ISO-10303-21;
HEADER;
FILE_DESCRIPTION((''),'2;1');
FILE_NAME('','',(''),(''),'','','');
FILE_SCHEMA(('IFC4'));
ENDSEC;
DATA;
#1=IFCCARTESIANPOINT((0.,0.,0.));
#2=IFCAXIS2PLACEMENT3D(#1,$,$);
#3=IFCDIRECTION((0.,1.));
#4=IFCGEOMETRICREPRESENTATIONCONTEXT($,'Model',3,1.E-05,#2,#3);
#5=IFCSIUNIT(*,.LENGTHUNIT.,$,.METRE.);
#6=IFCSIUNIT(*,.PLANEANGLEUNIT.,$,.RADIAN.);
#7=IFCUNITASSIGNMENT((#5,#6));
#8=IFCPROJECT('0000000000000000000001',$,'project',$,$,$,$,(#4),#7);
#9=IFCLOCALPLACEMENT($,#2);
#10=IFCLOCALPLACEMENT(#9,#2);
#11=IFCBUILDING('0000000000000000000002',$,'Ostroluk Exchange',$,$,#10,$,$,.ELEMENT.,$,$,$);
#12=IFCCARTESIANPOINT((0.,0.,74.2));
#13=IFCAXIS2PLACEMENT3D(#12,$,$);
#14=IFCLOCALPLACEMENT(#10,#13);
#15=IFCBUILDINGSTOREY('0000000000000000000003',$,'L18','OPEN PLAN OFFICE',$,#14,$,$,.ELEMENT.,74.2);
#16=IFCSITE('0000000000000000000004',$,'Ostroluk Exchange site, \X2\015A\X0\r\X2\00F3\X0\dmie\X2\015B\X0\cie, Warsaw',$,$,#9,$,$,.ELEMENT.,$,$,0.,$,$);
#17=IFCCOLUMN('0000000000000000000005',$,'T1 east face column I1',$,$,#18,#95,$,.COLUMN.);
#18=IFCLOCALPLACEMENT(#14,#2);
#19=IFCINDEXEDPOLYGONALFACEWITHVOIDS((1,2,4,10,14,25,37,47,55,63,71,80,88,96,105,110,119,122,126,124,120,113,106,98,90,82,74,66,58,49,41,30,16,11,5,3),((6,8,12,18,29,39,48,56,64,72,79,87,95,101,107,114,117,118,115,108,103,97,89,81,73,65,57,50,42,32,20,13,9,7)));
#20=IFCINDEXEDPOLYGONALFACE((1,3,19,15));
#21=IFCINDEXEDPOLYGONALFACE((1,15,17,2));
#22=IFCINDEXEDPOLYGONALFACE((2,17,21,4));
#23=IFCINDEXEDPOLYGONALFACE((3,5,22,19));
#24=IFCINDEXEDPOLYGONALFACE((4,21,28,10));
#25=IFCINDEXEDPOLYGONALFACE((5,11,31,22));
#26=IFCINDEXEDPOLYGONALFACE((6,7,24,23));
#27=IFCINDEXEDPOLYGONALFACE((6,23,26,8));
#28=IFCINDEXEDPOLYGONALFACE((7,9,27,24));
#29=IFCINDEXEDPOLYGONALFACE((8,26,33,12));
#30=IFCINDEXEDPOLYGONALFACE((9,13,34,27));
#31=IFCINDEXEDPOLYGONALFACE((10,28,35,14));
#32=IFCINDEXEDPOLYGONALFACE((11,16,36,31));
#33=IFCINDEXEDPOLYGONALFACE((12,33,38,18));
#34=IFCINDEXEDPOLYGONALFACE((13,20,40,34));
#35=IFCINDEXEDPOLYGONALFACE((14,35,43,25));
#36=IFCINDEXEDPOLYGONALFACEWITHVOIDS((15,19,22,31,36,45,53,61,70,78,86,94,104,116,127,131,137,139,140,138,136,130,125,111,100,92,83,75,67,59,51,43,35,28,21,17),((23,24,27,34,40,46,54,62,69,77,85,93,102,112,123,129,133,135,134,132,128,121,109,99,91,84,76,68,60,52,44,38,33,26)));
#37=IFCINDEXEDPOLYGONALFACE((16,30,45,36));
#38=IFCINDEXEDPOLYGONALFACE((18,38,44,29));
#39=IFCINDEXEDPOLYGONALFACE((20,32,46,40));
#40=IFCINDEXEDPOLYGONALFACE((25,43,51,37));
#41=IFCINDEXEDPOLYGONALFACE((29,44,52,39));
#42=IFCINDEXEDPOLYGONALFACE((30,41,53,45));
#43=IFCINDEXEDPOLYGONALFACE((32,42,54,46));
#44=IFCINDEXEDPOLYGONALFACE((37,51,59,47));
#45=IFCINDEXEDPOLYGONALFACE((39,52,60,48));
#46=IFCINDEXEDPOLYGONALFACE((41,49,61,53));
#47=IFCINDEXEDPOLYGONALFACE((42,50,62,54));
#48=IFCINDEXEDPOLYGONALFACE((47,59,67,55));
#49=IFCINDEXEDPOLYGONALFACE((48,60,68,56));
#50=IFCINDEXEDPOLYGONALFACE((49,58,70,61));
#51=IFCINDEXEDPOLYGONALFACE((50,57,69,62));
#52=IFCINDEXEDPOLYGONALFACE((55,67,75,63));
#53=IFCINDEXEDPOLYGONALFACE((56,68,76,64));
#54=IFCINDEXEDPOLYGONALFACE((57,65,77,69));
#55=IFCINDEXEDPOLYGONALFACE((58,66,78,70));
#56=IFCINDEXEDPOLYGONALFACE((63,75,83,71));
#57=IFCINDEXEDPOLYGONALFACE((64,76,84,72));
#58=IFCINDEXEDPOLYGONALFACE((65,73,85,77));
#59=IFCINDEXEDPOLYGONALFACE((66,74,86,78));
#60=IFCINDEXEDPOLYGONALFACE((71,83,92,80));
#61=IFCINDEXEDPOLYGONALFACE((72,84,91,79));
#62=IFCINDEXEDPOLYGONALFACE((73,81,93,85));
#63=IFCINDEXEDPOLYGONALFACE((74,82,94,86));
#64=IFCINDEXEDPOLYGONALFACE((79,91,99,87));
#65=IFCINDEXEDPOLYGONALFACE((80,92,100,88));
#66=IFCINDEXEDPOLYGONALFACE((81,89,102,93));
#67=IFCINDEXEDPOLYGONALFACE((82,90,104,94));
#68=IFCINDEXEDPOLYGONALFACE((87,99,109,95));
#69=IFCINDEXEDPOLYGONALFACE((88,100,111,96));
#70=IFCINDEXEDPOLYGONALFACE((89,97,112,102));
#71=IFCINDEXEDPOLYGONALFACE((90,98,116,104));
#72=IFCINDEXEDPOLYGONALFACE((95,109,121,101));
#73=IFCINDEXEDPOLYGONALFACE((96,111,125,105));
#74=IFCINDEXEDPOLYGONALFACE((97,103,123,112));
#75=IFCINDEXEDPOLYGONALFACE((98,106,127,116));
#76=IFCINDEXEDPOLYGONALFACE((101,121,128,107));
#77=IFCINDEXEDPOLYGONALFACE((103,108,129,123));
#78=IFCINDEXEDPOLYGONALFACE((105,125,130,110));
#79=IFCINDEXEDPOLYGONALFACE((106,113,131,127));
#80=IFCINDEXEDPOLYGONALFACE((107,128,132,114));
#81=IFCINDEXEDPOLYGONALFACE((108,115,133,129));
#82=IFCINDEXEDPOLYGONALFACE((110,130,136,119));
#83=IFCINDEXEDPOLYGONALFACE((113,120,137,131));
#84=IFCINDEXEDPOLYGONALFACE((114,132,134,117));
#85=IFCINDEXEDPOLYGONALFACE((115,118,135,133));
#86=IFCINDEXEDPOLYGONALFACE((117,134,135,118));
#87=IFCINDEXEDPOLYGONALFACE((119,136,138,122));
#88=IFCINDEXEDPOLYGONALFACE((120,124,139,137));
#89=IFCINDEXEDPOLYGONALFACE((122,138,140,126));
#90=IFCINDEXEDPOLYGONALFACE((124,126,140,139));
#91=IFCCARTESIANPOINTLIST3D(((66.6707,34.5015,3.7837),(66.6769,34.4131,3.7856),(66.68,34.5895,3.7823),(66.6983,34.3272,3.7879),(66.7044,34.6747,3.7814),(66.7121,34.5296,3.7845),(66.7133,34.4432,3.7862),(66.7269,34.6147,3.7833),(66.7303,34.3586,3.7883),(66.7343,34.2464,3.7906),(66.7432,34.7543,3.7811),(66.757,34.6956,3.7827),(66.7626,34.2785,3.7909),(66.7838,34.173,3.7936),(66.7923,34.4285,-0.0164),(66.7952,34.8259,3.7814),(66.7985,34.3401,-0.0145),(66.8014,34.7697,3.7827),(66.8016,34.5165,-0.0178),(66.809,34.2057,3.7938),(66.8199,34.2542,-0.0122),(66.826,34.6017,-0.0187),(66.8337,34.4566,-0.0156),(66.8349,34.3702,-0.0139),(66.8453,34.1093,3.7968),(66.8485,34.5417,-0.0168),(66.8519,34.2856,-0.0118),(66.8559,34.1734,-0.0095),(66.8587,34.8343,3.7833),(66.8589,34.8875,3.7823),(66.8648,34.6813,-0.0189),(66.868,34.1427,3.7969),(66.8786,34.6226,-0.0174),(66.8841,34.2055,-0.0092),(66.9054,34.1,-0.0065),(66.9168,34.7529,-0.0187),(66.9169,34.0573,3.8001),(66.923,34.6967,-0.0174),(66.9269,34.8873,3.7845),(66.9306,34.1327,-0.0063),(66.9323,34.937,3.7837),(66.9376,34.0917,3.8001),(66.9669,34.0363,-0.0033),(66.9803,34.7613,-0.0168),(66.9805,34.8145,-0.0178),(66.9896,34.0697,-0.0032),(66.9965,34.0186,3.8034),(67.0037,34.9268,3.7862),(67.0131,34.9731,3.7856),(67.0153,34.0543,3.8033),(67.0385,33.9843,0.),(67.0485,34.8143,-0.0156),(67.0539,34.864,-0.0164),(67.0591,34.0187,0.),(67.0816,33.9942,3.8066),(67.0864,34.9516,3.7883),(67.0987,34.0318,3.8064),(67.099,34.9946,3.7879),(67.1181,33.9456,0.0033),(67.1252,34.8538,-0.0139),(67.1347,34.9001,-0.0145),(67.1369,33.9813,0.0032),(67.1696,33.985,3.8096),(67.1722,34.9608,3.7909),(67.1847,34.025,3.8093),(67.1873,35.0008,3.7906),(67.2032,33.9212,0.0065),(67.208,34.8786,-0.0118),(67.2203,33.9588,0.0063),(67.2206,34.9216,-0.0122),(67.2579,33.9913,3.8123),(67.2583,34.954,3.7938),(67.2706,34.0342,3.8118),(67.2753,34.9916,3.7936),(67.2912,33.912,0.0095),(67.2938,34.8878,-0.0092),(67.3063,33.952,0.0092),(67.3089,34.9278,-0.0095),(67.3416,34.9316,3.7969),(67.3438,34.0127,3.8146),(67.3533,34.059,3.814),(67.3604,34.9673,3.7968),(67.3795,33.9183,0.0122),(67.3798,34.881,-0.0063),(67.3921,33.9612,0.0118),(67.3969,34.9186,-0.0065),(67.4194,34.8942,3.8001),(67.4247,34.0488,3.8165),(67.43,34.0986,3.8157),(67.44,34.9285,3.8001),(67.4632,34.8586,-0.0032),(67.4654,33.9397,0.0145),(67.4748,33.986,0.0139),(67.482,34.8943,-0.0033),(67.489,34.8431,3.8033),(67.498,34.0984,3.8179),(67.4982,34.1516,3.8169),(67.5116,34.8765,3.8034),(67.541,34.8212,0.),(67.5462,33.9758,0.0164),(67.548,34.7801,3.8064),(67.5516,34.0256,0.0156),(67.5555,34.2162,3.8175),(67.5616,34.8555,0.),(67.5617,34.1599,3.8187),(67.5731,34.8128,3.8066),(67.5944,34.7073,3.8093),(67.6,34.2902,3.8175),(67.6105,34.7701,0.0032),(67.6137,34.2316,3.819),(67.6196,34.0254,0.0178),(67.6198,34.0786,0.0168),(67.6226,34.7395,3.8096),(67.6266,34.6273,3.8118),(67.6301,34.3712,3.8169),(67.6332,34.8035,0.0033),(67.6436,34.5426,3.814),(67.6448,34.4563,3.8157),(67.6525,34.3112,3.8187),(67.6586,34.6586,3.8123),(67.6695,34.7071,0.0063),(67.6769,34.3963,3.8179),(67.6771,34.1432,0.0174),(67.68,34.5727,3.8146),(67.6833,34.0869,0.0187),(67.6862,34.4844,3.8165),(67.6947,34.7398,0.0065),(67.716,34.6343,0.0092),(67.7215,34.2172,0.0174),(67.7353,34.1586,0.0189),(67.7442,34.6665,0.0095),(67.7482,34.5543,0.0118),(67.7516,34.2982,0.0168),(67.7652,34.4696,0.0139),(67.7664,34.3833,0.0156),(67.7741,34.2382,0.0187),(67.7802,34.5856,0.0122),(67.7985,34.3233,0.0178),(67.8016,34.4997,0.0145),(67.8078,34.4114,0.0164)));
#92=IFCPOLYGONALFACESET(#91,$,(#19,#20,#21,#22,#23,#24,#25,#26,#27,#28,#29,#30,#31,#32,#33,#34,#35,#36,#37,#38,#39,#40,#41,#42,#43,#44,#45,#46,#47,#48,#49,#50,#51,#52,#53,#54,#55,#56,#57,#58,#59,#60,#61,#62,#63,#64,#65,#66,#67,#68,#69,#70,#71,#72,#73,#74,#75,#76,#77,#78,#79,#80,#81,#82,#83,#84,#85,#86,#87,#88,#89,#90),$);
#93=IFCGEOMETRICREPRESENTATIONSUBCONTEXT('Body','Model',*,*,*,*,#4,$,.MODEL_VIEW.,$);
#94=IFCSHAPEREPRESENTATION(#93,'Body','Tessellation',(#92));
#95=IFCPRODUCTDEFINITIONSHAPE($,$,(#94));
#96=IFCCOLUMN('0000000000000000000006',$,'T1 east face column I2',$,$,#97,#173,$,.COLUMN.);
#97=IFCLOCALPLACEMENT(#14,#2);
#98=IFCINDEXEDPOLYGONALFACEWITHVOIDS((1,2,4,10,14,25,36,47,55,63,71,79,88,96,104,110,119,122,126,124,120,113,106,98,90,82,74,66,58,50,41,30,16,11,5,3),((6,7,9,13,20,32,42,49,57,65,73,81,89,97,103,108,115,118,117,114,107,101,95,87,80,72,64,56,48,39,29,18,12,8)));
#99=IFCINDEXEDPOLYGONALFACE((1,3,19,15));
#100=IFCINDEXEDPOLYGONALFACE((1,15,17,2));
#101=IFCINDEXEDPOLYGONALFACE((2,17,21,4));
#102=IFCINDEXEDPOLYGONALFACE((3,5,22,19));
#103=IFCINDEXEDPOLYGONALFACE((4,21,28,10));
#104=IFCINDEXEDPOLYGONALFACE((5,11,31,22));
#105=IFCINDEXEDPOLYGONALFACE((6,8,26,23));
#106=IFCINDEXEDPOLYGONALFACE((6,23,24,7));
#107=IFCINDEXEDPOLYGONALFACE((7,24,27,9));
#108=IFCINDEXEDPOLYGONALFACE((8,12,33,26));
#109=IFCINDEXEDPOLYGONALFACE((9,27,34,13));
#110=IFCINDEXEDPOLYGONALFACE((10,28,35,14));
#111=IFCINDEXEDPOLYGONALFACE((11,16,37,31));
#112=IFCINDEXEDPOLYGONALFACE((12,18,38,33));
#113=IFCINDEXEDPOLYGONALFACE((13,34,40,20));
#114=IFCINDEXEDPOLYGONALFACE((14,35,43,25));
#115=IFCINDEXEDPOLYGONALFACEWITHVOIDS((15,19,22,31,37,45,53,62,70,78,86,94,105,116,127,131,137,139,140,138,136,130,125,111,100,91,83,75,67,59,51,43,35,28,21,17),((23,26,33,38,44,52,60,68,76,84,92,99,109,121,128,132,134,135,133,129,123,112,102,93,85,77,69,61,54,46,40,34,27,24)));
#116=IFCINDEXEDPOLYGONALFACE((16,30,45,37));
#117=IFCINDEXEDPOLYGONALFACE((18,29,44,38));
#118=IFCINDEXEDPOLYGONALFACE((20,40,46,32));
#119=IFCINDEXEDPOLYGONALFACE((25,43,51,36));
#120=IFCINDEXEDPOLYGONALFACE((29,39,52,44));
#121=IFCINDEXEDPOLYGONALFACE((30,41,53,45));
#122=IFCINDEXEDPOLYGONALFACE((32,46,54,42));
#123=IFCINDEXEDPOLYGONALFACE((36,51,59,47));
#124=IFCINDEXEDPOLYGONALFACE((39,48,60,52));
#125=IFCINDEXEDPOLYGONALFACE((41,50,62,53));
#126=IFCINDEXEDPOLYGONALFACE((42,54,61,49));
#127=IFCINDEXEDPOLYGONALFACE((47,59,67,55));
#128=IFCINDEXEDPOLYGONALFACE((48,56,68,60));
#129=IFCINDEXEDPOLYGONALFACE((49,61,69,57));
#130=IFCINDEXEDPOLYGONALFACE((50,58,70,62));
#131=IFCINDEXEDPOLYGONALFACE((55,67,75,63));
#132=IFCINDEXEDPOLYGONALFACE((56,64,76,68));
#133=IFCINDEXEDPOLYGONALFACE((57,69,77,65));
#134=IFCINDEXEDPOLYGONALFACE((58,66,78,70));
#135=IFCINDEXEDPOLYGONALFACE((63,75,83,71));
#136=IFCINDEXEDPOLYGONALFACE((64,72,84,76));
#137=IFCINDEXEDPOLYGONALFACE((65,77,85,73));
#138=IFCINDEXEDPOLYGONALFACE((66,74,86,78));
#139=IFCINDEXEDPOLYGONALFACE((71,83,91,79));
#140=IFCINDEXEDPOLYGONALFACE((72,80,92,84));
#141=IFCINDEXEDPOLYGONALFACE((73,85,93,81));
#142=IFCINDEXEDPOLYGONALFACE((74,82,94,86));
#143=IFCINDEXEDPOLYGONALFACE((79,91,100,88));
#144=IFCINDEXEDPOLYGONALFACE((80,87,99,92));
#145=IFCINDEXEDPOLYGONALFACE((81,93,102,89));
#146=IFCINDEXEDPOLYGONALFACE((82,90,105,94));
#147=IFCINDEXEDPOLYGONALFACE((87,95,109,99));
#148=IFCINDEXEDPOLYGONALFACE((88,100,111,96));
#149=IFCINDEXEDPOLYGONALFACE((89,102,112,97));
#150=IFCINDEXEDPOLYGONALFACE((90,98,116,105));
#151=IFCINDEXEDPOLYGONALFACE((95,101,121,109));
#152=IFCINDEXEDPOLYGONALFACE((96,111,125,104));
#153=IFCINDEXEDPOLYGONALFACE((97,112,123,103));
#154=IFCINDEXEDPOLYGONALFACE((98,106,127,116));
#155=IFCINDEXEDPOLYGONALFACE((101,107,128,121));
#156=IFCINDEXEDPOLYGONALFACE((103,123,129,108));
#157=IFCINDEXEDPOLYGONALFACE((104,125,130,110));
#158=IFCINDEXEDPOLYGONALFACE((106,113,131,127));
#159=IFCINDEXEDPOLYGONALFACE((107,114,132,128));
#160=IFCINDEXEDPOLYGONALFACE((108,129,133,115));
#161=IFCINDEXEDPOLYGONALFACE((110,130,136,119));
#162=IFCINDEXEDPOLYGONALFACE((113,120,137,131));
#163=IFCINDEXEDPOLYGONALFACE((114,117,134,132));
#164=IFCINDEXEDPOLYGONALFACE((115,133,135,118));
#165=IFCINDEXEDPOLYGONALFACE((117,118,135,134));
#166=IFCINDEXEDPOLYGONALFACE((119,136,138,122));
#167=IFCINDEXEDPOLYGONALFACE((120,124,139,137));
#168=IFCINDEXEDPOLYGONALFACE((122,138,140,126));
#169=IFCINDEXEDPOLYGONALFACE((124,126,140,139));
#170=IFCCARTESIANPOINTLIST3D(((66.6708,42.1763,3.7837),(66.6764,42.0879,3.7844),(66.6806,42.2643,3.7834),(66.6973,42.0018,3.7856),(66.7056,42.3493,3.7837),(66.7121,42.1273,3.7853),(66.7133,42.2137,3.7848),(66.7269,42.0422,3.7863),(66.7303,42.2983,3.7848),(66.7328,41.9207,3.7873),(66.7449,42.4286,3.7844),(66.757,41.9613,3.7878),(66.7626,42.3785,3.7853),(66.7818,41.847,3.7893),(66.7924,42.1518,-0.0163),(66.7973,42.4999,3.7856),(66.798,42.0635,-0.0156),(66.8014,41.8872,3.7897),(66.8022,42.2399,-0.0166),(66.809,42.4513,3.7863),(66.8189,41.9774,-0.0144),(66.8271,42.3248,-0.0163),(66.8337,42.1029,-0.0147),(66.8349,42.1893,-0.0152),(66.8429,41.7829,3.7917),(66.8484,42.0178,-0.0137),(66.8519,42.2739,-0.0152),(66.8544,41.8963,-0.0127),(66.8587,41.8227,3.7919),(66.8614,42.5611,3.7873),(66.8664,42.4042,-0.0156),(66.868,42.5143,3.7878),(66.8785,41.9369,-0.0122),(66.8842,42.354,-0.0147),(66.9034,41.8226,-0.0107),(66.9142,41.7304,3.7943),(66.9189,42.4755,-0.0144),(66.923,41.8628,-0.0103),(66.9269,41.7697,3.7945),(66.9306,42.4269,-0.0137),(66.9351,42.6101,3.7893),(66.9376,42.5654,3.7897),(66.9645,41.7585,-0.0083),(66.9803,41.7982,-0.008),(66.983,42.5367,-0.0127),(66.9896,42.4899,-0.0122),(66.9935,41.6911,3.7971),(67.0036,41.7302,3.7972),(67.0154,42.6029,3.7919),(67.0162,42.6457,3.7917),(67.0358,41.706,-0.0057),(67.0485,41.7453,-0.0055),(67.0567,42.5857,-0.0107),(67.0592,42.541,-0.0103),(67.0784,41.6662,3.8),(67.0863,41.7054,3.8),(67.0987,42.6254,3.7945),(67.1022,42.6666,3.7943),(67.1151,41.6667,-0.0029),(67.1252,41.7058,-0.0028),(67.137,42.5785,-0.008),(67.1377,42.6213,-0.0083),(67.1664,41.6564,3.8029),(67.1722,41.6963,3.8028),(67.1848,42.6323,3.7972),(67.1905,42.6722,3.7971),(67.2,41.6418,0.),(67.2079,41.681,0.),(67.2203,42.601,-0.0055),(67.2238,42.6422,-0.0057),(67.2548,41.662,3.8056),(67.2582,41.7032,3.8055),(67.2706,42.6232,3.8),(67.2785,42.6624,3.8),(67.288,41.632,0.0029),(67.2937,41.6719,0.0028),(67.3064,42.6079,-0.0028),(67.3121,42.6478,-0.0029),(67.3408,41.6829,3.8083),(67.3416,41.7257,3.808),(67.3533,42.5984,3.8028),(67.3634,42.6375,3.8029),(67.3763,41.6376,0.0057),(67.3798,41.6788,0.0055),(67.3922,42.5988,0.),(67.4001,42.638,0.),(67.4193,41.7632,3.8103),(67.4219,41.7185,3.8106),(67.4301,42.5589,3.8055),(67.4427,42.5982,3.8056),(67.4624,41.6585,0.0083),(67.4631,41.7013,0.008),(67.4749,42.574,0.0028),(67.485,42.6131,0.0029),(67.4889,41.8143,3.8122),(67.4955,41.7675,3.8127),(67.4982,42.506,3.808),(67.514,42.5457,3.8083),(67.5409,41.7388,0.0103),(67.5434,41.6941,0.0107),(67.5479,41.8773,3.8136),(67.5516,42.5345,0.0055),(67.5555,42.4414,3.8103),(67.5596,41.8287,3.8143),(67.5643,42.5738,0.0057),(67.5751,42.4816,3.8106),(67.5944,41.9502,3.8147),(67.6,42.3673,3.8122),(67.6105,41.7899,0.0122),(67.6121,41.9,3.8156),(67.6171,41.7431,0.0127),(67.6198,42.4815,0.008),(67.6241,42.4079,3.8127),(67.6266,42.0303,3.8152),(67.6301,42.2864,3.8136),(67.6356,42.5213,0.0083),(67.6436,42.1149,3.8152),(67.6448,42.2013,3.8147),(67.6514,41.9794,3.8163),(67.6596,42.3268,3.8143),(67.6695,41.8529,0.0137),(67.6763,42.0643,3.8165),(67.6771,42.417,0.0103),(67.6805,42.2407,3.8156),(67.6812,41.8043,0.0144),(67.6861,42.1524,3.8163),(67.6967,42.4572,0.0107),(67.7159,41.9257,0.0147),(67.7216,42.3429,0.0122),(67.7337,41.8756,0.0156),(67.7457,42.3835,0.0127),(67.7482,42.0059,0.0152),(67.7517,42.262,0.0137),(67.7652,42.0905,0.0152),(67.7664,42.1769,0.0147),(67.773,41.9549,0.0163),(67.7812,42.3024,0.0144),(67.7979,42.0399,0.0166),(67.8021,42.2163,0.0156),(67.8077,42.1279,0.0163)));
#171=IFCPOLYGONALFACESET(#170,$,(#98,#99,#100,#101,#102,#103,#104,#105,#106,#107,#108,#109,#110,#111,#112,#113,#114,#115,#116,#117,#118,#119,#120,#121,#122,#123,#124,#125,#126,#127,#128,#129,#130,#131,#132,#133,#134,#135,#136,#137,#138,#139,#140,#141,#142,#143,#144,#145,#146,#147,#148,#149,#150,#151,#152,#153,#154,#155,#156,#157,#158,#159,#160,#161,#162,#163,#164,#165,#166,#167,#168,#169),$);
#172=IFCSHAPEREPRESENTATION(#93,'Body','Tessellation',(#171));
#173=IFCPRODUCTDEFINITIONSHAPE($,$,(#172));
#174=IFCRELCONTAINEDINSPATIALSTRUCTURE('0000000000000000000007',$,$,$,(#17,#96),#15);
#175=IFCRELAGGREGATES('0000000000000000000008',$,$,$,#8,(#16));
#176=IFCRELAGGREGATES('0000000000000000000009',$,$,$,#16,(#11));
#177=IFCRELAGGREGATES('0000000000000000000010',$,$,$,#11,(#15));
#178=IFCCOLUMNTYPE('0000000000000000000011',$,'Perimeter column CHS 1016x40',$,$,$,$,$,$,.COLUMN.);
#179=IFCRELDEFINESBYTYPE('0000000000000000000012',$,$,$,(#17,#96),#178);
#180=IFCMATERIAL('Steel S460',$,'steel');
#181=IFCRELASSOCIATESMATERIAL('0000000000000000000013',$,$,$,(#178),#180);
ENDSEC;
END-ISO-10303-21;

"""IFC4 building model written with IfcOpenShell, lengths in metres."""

from ifc_helpers import new_model, si_unit, direction, frame, origin, origin_2d, place, context, subcontext, project, spatial, hollow_circle, extrude, material, material_profile, profile_set, type_object, element, save


model = new_model("IFC4")

# Units and contexts
model_context = context("Model", 3, precision=1e-05, world=origin(), true_north=direction((0.0, 1.0)))
body_context = subcontext(model_context, "Body", "Model", "MODEL_VIEW")
ifc_project = project(units=[si_unit("LENGTHUNIT", "METRE"), si_unit("PLANEANGLEUNIT", "RADIAN")], contexts=[model_context])

# Site, building, storey
site_placement = place(None, origin())
site = spatial("IfcSite", under=ifc_project, at=site_placement, Name="Ostroluk Exchange site, Śródmieście, Warsaw", CompositionType="ELEMENT", RefElevation=0.0)
building_placement = place(site_placement, origin())
building = spatial("IfcBuilding", under=site, at=building_placement, Name="Ostroluk Exchange", CompositionType="ELEMENT")
storey_placement = place(building_placement, frame((0.0, 0.0, 74.2)))
storey = spatial("IfcBuildingStorey", under=building, at=storey_placement, Name="L18", Description="OPEN PLAN OFFICE", CompositionType="ELEMENT", Elevation=74.2)

# Columns
ifc_material_1 = material(Name="Steel S460", Category="steel")
ifc_material_profile_1 = material_profile(ifc_material_1, hollow_circle(Radius=0.5081, WallThickness=0.04, at=origin_2d()), Name="CHS 1016x40")
ifc_profile_set_1 = profile_set([ifc_material_profile_1], Name="Steel S460")
column_type = type_object("IfcColumnType", Name="Perimeter column CHS 1016x40", PredefinedType="COLUMN", material=ifc_profile_set_1)
column_1_placement = place(storey_placement, frame((67.3, 34.4199, 0.0), z_axis=(-0.031973, 0.019196, 0.999304), x_axis=(-0.514749, -0.857341, 0.0)))
element("IfcColumn", 1, at=column_1_placement, inside=storey, type_object=column_type, Name="T1 east face column I1", PredefinedType="COLUMN", context=body_context, shape_type="SweptSolid", body=[
    extrude(hollow_circle(Radius=0.5081, WallThickness=0.04, at=origin_2d()), origin(), (0.0, 0.0, 1.0), 3.8027),
])
column_2_placement = place(storey_placement, frame((67.3, 42.1399, 0.0), z_axis=(-0.031978, 0.006421, 0.999468), x_axis=(-0.196873, -0.980429, 0.0)))
element("IfcColumn", 2, at=column_2_placement, inside=storey, type_object=column_type, Name="T1 east face column I2", PredefinedType="COLUMN", context=body_context, shape_type="SweptSolid", body=[
    extrude(hollow_circle(Radius=0.5081, WallThickness=0.04, at=origin_2d()), origin(), (0.0, 0.0, 1.0), 3.802),
])

save(model, "model.ifc")
